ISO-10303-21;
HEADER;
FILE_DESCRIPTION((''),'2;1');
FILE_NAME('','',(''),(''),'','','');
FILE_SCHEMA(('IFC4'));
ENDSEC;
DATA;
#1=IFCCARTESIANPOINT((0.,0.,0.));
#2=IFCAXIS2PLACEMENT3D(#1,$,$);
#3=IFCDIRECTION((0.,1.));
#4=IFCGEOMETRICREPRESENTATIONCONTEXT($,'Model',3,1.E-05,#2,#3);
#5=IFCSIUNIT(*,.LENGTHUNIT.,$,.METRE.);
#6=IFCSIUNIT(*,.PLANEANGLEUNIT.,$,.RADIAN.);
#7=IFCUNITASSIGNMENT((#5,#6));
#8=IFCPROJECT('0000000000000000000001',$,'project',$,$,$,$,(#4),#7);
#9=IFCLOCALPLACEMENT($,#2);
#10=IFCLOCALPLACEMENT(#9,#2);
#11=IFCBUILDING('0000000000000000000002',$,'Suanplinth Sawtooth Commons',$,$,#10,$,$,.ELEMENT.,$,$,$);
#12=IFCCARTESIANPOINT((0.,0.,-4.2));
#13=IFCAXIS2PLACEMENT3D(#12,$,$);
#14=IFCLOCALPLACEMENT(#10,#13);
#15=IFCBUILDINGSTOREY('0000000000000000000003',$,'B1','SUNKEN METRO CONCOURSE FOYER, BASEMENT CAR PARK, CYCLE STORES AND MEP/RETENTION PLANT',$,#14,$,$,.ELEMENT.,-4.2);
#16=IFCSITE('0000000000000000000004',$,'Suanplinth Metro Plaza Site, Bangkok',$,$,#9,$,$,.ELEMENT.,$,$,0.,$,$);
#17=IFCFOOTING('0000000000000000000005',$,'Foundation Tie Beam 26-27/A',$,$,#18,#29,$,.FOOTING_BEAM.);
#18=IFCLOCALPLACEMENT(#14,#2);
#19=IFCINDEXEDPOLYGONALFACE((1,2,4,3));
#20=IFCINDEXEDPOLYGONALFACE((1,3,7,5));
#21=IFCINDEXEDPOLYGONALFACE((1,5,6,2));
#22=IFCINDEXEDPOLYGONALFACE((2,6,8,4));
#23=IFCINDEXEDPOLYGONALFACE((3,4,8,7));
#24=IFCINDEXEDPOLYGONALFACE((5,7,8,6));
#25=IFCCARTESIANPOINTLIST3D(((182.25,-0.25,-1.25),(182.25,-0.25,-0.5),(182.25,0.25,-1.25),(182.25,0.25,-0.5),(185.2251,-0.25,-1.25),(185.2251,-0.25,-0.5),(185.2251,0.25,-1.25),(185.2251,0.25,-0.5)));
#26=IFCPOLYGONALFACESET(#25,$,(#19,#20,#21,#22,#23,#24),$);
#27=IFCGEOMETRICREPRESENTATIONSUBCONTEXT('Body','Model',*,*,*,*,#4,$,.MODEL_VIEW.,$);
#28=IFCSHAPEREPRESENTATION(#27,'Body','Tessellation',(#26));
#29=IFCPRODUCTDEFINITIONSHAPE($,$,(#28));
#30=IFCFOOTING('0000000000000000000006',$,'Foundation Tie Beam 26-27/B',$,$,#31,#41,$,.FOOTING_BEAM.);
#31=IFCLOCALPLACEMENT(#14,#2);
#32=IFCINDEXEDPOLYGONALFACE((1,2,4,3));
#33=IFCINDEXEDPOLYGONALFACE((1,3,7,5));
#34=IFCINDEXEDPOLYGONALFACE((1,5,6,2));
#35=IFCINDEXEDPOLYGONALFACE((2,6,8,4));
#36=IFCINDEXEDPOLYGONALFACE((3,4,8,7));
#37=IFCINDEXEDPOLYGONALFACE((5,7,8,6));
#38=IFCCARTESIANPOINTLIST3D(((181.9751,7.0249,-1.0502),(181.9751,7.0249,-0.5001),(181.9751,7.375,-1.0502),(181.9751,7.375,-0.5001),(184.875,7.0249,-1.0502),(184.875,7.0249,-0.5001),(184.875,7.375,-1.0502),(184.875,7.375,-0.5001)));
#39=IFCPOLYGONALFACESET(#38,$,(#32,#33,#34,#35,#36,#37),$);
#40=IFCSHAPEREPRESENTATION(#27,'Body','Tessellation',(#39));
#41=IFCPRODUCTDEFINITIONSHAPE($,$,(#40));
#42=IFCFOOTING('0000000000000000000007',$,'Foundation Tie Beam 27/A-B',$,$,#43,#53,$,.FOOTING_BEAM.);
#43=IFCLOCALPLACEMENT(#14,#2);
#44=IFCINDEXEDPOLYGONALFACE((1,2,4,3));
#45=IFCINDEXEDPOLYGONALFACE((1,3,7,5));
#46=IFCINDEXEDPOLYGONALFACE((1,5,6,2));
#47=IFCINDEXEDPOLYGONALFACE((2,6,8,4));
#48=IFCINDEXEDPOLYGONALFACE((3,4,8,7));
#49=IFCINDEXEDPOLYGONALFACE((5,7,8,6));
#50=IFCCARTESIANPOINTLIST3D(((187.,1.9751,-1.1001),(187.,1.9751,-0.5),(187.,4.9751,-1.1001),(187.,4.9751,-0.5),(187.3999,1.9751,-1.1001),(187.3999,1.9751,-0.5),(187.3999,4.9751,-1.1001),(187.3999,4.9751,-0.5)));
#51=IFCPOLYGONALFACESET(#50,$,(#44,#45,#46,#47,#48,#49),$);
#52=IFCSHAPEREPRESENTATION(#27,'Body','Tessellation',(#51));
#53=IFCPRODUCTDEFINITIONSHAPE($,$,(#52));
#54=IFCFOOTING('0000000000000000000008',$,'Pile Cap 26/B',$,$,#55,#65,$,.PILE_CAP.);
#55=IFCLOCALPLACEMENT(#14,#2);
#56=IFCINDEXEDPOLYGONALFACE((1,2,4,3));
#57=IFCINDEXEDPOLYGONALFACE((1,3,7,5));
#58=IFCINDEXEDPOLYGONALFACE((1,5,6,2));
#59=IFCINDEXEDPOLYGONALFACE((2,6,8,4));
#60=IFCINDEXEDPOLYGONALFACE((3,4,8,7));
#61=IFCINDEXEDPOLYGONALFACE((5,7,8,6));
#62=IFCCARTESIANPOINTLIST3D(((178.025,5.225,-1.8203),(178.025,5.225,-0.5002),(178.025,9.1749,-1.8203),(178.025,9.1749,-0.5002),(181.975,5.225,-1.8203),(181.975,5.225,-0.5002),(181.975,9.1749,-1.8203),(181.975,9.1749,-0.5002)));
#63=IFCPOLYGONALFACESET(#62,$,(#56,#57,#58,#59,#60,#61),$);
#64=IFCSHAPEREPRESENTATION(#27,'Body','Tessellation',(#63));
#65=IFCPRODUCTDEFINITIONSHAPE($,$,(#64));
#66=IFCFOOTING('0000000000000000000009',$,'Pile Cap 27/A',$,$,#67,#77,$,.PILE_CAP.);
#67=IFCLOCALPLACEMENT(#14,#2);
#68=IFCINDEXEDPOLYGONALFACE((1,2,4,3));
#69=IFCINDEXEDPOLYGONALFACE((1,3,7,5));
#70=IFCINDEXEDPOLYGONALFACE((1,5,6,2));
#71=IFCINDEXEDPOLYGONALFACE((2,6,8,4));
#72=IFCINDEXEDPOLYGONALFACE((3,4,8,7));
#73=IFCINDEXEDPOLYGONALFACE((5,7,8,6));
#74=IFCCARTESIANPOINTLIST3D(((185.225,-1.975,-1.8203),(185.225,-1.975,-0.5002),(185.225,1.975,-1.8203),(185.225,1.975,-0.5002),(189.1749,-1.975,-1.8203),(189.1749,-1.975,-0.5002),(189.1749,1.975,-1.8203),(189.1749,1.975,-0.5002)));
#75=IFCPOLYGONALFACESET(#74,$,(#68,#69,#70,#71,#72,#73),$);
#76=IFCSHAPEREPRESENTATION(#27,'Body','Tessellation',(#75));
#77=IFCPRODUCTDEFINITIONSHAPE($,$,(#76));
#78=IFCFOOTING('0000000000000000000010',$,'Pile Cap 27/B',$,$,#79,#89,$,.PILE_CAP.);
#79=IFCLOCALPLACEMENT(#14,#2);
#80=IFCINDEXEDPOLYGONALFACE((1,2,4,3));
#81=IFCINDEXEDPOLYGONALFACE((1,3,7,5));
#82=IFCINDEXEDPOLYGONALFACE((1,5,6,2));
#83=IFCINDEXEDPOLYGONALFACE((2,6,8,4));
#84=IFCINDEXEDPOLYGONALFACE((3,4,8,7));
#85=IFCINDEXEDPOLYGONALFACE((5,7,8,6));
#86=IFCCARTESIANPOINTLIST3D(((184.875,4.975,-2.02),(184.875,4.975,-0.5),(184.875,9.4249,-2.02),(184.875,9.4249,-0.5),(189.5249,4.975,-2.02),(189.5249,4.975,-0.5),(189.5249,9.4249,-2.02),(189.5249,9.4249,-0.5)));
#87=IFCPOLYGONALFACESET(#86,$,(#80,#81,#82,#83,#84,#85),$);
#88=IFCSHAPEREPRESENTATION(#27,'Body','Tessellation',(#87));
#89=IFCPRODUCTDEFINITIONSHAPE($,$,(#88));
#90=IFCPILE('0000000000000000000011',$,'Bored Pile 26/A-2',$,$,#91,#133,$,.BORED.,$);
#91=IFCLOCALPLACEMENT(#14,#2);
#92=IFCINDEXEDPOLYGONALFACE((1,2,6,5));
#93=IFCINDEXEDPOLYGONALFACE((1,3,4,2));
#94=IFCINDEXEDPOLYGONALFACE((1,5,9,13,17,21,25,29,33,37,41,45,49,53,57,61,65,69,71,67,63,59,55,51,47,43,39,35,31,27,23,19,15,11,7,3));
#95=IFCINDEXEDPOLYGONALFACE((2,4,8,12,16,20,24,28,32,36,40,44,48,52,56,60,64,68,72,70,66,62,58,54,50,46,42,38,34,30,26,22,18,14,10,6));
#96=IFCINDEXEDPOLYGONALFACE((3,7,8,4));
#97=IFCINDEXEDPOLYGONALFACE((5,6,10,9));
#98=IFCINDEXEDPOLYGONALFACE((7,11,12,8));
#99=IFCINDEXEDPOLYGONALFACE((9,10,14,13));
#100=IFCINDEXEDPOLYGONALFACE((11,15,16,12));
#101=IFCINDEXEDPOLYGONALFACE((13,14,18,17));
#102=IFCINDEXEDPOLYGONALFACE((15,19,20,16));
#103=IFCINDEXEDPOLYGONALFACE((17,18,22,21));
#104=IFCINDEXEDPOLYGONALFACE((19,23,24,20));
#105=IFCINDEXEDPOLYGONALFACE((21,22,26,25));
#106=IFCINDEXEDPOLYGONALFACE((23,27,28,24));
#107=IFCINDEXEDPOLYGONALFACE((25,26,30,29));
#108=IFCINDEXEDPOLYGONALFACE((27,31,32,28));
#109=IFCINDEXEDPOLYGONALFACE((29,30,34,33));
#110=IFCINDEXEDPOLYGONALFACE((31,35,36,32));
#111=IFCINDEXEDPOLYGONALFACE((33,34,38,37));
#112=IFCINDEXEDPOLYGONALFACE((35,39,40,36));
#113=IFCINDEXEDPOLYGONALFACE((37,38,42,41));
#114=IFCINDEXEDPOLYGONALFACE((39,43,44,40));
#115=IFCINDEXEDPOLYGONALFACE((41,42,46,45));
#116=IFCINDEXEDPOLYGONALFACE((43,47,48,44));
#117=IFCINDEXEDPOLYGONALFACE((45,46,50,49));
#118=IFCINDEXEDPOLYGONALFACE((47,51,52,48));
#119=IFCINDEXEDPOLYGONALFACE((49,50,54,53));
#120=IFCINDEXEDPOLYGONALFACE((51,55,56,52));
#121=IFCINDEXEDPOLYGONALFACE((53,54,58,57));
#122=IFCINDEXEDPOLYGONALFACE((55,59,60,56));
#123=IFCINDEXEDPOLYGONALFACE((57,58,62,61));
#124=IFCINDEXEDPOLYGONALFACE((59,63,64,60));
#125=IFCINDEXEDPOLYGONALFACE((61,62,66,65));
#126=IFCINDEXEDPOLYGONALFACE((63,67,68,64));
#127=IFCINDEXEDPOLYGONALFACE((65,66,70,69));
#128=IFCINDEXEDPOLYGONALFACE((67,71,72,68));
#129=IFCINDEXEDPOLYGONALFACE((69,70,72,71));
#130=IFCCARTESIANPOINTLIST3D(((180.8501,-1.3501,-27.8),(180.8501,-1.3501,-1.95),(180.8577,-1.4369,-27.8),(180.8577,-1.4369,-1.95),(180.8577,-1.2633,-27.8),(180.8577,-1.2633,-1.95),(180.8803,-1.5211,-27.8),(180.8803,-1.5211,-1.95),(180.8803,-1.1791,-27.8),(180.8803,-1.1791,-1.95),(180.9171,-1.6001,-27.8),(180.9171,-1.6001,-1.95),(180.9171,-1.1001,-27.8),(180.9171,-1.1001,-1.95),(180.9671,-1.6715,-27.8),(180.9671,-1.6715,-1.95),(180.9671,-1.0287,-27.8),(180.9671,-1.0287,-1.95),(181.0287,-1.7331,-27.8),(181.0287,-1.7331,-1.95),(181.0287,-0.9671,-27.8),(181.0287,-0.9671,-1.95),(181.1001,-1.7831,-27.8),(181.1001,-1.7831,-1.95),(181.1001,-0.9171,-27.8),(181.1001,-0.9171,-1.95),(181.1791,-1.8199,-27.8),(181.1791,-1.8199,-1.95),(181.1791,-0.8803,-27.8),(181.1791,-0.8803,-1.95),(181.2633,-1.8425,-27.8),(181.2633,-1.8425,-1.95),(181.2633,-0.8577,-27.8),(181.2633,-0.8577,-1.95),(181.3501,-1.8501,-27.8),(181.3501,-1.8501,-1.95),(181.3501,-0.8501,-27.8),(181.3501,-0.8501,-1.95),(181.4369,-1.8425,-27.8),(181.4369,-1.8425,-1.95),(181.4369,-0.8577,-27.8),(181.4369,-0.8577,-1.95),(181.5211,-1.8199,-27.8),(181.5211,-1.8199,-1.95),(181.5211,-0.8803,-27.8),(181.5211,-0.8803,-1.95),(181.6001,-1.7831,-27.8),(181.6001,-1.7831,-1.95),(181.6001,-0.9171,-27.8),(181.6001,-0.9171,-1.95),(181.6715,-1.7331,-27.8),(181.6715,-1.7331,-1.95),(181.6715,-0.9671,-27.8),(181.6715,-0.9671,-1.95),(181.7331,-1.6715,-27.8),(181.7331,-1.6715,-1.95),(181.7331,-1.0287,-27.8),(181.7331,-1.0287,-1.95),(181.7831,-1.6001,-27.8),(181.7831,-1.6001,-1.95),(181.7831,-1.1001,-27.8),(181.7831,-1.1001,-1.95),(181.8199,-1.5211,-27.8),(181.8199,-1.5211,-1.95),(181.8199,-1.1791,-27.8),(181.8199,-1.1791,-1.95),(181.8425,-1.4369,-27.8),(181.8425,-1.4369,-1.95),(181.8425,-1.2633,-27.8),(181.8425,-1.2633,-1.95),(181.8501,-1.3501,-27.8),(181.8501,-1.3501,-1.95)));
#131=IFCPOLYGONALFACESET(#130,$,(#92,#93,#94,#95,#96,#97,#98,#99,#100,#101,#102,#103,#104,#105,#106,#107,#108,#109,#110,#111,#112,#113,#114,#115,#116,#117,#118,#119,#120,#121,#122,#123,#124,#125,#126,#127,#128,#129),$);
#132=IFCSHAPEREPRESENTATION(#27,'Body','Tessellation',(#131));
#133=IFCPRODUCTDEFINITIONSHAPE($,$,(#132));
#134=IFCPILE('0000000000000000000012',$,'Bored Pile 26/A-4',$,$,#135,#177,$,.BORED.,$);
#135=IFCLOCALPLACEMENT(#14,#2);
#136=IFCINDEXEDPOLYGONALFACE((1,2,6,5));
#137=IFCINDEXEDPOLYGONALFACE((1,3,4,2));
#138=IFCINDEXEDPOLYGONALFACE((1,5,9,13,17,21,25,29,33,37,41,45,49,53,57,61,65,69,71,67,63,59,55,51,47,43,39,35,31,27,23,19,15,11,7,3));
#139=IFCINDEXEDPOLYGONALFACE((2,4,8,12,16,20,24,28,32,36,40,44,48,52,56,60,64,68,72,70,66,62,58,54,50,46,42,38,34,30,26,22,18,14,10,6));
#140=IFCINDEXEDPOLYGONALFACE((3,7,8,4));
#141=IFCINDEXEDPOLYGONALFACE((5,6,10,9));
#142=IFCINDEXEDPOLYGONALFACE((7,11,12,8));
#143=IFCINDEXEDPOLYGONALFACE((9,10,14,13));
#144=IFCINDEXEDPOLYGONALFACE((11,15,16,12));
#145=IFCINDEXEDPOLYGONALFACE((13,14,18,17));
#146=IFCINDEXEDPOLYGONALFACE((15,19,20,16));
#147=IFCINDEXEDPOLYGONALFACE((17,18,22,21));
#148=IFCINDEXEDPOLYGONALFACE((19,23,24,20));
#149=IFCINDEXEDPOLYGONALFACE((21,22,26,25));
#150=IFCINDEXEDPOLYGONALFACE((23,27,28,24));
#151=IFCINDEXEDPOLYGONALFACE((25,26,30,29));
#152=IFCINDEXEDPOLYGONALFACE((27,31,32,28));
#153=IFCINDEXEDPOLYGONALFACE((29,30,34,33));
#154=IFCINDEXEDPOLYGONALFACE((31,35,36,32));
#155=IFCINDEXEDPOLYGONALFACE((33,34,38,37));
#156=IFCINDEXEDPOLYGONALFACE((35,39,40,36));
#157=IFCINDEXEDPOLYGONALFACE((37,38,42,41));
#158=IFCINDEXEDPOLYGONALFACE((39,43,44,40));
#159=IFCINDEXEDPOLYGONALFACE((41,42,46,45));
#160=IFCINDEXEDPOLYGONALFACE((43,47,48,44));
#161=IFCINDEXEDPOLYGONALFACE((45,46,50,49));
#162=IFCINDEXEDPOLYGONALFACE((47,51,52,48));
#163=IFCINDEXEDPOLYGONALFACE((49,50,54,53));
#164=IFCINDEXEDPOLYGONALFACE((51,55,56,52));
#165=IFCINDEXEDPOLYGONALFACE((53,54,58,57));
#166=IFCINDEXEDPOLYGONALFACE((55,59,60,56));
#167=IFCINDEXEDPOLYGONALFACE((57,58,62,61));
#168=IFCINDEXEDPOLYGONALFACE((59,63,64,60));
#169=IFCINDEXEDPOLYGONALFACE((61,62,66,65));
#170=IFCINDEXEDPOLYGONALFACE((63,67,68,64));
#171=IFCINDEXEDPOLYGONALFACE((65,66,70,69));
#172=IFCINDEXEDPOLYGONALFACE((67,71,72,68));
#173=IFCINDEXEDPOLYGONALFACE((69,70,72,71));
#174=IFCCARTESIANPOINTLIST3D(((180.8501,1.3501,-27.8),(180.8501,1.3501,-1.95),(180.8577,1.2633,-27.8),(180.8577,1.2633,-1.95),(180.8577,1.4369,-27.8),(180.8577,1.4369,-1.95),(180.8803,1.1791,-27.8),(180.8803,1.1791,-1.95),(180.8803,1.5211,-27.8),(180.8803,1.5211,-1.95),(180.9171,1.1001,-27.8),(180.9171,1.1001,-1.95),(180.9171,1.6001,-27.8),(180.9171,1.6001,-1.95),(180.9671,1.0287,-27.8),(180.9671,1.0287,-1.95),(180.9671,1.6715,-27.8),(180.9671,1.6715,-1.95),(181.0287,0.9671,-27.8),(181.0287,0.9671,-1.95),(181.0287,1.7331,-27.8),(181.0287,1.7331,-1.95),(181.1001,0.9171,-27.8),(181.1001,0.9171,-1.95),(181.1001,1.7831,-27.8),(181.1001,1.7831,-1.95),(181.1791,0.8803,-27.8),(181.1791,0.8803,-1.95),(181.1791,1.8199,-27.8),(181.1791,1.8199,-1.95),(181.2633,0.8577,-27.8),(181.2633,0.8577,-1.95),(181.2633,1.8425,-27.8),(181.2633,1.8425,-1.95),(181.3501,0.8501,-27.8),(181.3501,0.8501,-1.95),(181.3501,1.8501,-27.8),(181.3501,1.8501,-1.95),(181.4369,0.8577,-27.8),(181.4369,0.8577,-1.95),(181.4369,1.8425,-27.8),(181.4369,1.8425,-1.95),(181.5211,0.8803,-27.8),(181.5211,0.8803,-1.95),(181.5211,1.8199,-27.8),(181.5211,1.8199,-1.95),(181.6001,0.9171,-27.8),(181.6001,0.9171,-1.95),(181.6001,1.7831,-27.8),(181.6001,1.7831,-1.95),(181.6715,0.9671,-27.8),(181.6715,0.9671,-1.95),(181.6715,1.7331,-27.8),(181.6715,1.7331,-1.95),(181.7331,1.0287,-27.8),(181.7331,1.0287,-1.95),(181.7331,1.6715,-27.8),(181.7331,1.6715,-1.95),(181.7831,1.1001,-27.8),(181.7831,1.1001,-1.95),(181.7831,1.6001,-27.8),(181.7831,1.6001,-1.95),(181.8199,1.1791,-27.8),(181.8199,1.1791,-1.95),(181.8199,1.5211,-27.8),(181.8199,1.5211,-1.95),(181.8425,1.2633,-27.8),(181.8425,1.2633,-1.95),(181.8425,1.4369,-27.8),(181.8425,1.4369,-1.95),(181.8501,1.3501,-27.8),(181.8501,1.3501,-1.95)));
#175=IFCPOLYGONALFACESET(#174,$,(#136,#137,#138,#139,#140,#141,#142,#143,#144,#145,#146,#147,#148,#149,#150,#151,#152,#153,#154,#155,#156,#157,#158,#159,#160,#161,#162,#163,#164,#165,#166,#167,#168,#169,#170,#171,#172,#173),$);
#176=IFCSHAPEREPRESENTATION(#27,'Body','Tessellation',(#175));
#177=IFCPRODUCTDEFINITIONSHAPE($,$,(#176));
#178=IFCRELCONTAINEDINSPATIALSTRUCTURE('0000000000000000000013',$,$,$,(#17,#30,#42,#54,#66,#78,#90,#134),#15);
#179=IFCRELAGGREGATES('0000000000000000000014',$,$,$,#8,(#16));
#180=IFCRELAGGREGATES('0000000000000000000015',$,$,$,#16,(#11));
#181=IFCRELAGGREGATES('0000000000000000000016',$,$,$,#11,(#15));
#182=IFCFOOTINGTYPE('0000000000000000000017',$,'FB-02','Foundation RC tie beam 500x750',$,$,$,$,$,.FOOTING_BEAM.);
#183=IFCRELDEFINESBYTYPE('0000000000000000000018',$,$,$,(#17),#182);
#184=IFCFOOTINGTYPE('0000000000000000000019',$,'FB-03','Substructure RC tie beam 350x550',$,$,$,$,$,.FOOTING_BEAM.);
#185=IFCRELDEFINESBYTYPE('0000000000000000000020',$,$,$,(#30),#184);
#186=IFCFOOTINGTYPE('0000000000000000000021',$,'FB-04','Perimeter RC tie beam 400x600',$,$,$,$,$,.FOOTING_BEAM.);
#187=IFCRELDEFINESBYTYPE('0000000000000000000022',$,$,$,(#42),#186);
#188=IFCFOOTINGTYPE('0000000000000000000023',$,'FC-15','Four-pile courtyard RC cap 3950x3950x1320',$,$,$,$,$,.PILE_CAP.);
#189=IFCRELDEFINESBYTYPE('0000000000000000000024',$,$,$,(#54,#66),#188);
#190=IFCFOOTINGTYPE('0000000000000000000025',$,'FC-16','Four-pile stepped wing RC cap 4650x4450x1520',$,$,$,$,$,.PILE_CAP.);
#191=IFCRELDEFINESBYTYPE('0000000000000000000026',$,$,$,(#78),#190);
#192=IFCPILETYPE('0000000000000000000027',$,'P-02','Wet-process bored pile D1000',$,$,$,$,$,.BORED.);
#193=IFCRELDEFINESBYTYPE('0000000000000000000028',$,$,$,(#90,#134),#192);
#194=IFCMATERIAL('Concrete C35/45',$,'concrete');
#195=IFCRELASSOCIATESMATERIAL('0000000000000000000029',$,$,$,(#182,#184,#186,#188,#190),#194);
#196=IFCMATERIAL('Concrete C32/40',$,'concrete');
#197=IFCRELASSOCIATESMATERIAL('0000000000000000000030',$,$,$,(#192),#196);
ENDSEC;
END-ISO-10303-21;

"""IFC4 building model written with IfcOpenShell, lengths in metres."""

from ifc_helpers import new_model, si_unit, direction, frame, origin, origin_2d, place, context, subcontext, project, spatial, rectangle, circle, extrude, material, material_profile, profile_set, type_object, element, save


model = new_model("IFC4")

# Units and contexts
model_context = context("Model", 3, precision=1e-05, world=origin(), true_north=direction((0.0, 1.0)))
body_context = subcontext(model_context, "Body", "Model", "MODEL_VIEW")
ifc_project = project(units=[si_unit("LENGTHUNIT", "METRE"), si_unit("PLANEANGLEUNIT", "RADIAN")], contexts=[model_context])

# Site, building, storey
site_placement = place(None, origin())
site = spatial("IfcSite", under=ifc_project, at=site_placement, Name="Suanplinth Metro Plaza Site, Bangkok", CompositionType="ELEMENT", RefElevation=0.0)
building_placement = place(site_placement, origin())
building = spatial("IfcBuilding", under=site, at=building_placement, Name="Suanplinth Sawtooth Commons", CompositionType="ELEMENT")
storey_placement = place(building_placement, frame((0.0, 0.0, -4.2)))
storey = spatial("IfcBuildingStorey", under=building, at=storey_placement, Name="B1", Description="SUNKEN METRO CONCOURSE FOYER, BASEMENT CAR PARK, CYCLE STORES AND MEP/RETENTION PLANT", CompositionType="ELEMENT", Elevation=-4.2)

# Footings
ifc_material_1 = material(Name="Concrete C35/45", Category="concrete")
ifc_material_profile_1 = material_profile(ifc_material_1, rectangle(XDim=0.5, YDim=0.75, at=origin_2d()), Name="RC-GDR 500x750")
ifc_profile_set_1 = profile_set([ifc_material_profile_1], Name="Concrete C35/45")
footing_type_1 = type_object("IfcFootingType", Name="FB-02", Description="Foundation RC tie beam 500x750", PredefinedType="FOOTING_BEAM", material=ifc_profile_set_1)
footing_1_placement = place(storey_placement, frame((182.25, 0.0, -0.875), z_axis=(1.0, 0.0, 0.0), x_axis=(0.0, 1.0, 0.0)))
element("IfcFooting", 1, at=footing_1_placement, inside=storey, type_object=footing_type_1, Name="Foundation Tie Beam 26-27/A", PredefinedType="FOOTING_BEAM", context=body_context, shape_type="SweptSolid", body=[
    extrude(rectangle(XDim=0.5, YDim=0.75, at=origin_2d()), origin(), (0.0, 0.0, 1.0), 2.9751),
])
ifc_material_profile_2 = material_profile(ifc_material_1, rectangle(XDim=0.3501, YDim=0.55, at=origin_2d()), Name="PC-BM 350x550")
ifc_profile_set_2 = profile_set([ifc_material_profile_2], Name="Concrete C35/45")
footing_type_2 = type_object("IfcFootingType", Name="FB-03", Description="Substructure RC tie beam 350x550", PredefinedType="FOOTING_BEAM", material=ifc_profile_set_2)
footing_2_placement = place(storey_placement, frame((181.9751, 7.2, -0.7751), z_axis=(1.0, 0.0, 0.0), x_axis=(0.0, 1.0, 0.0)))
element("IfcFooting", 2, at=footing_2_placement, inside=storey, type_object=footing_type_2, Name="Foundation Tie Beam 26-27/B", PredefinedType="FOOTING_BEAM", context=body_context, shape_type="SweptSolid", body=[
    extrude(rectangle(XDim=0.3501, YDim=0.55, at=origin_2d()), origin(), (0.0, 0.0, 1.0), 2.8999),
])
ifc_material_profile_3 = material_profile(ifc_material_1, rectangle(XDim=0.3999, YDim=0.6001, at=origin_2d()), Name="PC-GDR 400x600")
ifc_profile_set_3 = profile_set([ifc_material_profile_3], Name="Concrete C35/45")
footing_type_3 = type_object("IfcFootingType", Name="FB-04", Description="Perimeter RC tie beam 400x600", PredefinedType="FOOTING_BEAM", material=ifc_profile_set_3)
footing_3_placement = place(storey_placement, frame((187.2, 1.9751, -0.8), z_axis=(0.0, 1.0, 0.0), x_axis=(-1.0, 0.0, 0.0)))
element("IfcFooting", 3, at=footing_3_placement, inside=storey, type_object=footing_type_3, Name="Foundation Tie Beam 27/A-B", PredefinedType="FOOTING_BEAM", context=body_context, shape_type="SweptSolid", body=[
    extrude(rectangle(XDim=0.3999, YDim=0.6001, at=origin_2d()), origin(), (0.0, 0.0, 1.0), 3.0),
])
footing_type_4 = type_object("IfcFootingType", Name="FC-15", Description="Four-pile courtyard RC cap 3950x3950x1320", PredefinedType="PILE_CAP", material=ifc_material_1)
for number, where, z_axis, x_axis, name in (
    (4, (180.0, 7.2, -1.8203), (0.0, 0.0, 1.0), (1.0, 0.0, 0.0), "Pile Cap 26/B"),
    (5, (187.2, 0.0, -1.8203), (0.0, 0.0, 1.0), (1.0, 0.0, 0.0), "Pile Cap 27/A"),
):
    element("IfcFooting", number, at=place(storey_placement, frame(where, z_axis=z_axis, x_axis=x_axis)), inside=storey, type_object=footing_type_4, Name=name, PredefinedType="PILE_CAP", context=body_context, shape_type="SweptSolid", body=[
        extrude(rectangle(XDim=3.95, YDim=3.95, at=origin_2d()), origin(), (0.0, 0.0, 1.0), 1.3201),
    ])
footing_type_5 = type_object("IfcFootingType", Name="FC-16", Description="Four-pile stepped wing RC cap 4650x4450x1520", PredefinedType="PILE_CAP", material=ifc_material_1)
footing_4_placement = place(storey_placement, frame((187.2, 7.2, -2.02), z_axis=(0.0, 0.0, 1.0), x_axis=(1.0, 0.0, 0.0)))
element("IfcFooting", 6, at=footing_4_placement, inside=storey, type_object=footing_type_5, Name="Pile Cap 27/B", PredefinedType="PILE_CAP", context=body_context, shape_type="SweptSolid", body=[
    extrude(rectangle(XDim=4.6499, YDim=4.45, at=origin_2d()), origin(), (0.0, 0.0, 1.0), 1.52),
])

# Piles
ifc_material_2 = material(Name="Concrete C32/40", Category="concrete")
ifc_material_profile_4 = material_profile(ifc_material_2, circle(Radius=0.5, at=origin_2d()), Name="PILE D1000")
ifc_profile_set_4 = profile_set([ifc_material_profile_4], Name="Concrete C32/40")
pile_type = type_object("IfcPileType", Name="P-02", Description="Wet-process bored pile D1000", PredefinedType="BORED", material=ifc_profile_set_4)
for number, where, z_axis, x_axis, name in (
    (7, (181.3501, -1.3501, -1.95), (0.0, 0.0, -1.0), (1.0, 0.0, 0.0), "Bored Pile 26/A-2"),
    (8, (181.3501, 1.3501, -1.95), (0.0, 0.0, -1.0), (1.0, 0.0, 0.0), "Bored Pile 26/A-4"),
):
    element("IfcPile", number, at=place(storey_placement, frame(where, z_axis=z_axis, x_axis=x_axis)), inside=storey, type_object=pile_type, Name=name, PredefinedType="BORED", context=body_context, shape_type="SweptSolid", body=[
        extrude(circle(Radius=0.5, at=origin_2d()), origin(), (0.0, 0.0, 1.0), 25.8501),
    ])

save(model, "model.ifc")
